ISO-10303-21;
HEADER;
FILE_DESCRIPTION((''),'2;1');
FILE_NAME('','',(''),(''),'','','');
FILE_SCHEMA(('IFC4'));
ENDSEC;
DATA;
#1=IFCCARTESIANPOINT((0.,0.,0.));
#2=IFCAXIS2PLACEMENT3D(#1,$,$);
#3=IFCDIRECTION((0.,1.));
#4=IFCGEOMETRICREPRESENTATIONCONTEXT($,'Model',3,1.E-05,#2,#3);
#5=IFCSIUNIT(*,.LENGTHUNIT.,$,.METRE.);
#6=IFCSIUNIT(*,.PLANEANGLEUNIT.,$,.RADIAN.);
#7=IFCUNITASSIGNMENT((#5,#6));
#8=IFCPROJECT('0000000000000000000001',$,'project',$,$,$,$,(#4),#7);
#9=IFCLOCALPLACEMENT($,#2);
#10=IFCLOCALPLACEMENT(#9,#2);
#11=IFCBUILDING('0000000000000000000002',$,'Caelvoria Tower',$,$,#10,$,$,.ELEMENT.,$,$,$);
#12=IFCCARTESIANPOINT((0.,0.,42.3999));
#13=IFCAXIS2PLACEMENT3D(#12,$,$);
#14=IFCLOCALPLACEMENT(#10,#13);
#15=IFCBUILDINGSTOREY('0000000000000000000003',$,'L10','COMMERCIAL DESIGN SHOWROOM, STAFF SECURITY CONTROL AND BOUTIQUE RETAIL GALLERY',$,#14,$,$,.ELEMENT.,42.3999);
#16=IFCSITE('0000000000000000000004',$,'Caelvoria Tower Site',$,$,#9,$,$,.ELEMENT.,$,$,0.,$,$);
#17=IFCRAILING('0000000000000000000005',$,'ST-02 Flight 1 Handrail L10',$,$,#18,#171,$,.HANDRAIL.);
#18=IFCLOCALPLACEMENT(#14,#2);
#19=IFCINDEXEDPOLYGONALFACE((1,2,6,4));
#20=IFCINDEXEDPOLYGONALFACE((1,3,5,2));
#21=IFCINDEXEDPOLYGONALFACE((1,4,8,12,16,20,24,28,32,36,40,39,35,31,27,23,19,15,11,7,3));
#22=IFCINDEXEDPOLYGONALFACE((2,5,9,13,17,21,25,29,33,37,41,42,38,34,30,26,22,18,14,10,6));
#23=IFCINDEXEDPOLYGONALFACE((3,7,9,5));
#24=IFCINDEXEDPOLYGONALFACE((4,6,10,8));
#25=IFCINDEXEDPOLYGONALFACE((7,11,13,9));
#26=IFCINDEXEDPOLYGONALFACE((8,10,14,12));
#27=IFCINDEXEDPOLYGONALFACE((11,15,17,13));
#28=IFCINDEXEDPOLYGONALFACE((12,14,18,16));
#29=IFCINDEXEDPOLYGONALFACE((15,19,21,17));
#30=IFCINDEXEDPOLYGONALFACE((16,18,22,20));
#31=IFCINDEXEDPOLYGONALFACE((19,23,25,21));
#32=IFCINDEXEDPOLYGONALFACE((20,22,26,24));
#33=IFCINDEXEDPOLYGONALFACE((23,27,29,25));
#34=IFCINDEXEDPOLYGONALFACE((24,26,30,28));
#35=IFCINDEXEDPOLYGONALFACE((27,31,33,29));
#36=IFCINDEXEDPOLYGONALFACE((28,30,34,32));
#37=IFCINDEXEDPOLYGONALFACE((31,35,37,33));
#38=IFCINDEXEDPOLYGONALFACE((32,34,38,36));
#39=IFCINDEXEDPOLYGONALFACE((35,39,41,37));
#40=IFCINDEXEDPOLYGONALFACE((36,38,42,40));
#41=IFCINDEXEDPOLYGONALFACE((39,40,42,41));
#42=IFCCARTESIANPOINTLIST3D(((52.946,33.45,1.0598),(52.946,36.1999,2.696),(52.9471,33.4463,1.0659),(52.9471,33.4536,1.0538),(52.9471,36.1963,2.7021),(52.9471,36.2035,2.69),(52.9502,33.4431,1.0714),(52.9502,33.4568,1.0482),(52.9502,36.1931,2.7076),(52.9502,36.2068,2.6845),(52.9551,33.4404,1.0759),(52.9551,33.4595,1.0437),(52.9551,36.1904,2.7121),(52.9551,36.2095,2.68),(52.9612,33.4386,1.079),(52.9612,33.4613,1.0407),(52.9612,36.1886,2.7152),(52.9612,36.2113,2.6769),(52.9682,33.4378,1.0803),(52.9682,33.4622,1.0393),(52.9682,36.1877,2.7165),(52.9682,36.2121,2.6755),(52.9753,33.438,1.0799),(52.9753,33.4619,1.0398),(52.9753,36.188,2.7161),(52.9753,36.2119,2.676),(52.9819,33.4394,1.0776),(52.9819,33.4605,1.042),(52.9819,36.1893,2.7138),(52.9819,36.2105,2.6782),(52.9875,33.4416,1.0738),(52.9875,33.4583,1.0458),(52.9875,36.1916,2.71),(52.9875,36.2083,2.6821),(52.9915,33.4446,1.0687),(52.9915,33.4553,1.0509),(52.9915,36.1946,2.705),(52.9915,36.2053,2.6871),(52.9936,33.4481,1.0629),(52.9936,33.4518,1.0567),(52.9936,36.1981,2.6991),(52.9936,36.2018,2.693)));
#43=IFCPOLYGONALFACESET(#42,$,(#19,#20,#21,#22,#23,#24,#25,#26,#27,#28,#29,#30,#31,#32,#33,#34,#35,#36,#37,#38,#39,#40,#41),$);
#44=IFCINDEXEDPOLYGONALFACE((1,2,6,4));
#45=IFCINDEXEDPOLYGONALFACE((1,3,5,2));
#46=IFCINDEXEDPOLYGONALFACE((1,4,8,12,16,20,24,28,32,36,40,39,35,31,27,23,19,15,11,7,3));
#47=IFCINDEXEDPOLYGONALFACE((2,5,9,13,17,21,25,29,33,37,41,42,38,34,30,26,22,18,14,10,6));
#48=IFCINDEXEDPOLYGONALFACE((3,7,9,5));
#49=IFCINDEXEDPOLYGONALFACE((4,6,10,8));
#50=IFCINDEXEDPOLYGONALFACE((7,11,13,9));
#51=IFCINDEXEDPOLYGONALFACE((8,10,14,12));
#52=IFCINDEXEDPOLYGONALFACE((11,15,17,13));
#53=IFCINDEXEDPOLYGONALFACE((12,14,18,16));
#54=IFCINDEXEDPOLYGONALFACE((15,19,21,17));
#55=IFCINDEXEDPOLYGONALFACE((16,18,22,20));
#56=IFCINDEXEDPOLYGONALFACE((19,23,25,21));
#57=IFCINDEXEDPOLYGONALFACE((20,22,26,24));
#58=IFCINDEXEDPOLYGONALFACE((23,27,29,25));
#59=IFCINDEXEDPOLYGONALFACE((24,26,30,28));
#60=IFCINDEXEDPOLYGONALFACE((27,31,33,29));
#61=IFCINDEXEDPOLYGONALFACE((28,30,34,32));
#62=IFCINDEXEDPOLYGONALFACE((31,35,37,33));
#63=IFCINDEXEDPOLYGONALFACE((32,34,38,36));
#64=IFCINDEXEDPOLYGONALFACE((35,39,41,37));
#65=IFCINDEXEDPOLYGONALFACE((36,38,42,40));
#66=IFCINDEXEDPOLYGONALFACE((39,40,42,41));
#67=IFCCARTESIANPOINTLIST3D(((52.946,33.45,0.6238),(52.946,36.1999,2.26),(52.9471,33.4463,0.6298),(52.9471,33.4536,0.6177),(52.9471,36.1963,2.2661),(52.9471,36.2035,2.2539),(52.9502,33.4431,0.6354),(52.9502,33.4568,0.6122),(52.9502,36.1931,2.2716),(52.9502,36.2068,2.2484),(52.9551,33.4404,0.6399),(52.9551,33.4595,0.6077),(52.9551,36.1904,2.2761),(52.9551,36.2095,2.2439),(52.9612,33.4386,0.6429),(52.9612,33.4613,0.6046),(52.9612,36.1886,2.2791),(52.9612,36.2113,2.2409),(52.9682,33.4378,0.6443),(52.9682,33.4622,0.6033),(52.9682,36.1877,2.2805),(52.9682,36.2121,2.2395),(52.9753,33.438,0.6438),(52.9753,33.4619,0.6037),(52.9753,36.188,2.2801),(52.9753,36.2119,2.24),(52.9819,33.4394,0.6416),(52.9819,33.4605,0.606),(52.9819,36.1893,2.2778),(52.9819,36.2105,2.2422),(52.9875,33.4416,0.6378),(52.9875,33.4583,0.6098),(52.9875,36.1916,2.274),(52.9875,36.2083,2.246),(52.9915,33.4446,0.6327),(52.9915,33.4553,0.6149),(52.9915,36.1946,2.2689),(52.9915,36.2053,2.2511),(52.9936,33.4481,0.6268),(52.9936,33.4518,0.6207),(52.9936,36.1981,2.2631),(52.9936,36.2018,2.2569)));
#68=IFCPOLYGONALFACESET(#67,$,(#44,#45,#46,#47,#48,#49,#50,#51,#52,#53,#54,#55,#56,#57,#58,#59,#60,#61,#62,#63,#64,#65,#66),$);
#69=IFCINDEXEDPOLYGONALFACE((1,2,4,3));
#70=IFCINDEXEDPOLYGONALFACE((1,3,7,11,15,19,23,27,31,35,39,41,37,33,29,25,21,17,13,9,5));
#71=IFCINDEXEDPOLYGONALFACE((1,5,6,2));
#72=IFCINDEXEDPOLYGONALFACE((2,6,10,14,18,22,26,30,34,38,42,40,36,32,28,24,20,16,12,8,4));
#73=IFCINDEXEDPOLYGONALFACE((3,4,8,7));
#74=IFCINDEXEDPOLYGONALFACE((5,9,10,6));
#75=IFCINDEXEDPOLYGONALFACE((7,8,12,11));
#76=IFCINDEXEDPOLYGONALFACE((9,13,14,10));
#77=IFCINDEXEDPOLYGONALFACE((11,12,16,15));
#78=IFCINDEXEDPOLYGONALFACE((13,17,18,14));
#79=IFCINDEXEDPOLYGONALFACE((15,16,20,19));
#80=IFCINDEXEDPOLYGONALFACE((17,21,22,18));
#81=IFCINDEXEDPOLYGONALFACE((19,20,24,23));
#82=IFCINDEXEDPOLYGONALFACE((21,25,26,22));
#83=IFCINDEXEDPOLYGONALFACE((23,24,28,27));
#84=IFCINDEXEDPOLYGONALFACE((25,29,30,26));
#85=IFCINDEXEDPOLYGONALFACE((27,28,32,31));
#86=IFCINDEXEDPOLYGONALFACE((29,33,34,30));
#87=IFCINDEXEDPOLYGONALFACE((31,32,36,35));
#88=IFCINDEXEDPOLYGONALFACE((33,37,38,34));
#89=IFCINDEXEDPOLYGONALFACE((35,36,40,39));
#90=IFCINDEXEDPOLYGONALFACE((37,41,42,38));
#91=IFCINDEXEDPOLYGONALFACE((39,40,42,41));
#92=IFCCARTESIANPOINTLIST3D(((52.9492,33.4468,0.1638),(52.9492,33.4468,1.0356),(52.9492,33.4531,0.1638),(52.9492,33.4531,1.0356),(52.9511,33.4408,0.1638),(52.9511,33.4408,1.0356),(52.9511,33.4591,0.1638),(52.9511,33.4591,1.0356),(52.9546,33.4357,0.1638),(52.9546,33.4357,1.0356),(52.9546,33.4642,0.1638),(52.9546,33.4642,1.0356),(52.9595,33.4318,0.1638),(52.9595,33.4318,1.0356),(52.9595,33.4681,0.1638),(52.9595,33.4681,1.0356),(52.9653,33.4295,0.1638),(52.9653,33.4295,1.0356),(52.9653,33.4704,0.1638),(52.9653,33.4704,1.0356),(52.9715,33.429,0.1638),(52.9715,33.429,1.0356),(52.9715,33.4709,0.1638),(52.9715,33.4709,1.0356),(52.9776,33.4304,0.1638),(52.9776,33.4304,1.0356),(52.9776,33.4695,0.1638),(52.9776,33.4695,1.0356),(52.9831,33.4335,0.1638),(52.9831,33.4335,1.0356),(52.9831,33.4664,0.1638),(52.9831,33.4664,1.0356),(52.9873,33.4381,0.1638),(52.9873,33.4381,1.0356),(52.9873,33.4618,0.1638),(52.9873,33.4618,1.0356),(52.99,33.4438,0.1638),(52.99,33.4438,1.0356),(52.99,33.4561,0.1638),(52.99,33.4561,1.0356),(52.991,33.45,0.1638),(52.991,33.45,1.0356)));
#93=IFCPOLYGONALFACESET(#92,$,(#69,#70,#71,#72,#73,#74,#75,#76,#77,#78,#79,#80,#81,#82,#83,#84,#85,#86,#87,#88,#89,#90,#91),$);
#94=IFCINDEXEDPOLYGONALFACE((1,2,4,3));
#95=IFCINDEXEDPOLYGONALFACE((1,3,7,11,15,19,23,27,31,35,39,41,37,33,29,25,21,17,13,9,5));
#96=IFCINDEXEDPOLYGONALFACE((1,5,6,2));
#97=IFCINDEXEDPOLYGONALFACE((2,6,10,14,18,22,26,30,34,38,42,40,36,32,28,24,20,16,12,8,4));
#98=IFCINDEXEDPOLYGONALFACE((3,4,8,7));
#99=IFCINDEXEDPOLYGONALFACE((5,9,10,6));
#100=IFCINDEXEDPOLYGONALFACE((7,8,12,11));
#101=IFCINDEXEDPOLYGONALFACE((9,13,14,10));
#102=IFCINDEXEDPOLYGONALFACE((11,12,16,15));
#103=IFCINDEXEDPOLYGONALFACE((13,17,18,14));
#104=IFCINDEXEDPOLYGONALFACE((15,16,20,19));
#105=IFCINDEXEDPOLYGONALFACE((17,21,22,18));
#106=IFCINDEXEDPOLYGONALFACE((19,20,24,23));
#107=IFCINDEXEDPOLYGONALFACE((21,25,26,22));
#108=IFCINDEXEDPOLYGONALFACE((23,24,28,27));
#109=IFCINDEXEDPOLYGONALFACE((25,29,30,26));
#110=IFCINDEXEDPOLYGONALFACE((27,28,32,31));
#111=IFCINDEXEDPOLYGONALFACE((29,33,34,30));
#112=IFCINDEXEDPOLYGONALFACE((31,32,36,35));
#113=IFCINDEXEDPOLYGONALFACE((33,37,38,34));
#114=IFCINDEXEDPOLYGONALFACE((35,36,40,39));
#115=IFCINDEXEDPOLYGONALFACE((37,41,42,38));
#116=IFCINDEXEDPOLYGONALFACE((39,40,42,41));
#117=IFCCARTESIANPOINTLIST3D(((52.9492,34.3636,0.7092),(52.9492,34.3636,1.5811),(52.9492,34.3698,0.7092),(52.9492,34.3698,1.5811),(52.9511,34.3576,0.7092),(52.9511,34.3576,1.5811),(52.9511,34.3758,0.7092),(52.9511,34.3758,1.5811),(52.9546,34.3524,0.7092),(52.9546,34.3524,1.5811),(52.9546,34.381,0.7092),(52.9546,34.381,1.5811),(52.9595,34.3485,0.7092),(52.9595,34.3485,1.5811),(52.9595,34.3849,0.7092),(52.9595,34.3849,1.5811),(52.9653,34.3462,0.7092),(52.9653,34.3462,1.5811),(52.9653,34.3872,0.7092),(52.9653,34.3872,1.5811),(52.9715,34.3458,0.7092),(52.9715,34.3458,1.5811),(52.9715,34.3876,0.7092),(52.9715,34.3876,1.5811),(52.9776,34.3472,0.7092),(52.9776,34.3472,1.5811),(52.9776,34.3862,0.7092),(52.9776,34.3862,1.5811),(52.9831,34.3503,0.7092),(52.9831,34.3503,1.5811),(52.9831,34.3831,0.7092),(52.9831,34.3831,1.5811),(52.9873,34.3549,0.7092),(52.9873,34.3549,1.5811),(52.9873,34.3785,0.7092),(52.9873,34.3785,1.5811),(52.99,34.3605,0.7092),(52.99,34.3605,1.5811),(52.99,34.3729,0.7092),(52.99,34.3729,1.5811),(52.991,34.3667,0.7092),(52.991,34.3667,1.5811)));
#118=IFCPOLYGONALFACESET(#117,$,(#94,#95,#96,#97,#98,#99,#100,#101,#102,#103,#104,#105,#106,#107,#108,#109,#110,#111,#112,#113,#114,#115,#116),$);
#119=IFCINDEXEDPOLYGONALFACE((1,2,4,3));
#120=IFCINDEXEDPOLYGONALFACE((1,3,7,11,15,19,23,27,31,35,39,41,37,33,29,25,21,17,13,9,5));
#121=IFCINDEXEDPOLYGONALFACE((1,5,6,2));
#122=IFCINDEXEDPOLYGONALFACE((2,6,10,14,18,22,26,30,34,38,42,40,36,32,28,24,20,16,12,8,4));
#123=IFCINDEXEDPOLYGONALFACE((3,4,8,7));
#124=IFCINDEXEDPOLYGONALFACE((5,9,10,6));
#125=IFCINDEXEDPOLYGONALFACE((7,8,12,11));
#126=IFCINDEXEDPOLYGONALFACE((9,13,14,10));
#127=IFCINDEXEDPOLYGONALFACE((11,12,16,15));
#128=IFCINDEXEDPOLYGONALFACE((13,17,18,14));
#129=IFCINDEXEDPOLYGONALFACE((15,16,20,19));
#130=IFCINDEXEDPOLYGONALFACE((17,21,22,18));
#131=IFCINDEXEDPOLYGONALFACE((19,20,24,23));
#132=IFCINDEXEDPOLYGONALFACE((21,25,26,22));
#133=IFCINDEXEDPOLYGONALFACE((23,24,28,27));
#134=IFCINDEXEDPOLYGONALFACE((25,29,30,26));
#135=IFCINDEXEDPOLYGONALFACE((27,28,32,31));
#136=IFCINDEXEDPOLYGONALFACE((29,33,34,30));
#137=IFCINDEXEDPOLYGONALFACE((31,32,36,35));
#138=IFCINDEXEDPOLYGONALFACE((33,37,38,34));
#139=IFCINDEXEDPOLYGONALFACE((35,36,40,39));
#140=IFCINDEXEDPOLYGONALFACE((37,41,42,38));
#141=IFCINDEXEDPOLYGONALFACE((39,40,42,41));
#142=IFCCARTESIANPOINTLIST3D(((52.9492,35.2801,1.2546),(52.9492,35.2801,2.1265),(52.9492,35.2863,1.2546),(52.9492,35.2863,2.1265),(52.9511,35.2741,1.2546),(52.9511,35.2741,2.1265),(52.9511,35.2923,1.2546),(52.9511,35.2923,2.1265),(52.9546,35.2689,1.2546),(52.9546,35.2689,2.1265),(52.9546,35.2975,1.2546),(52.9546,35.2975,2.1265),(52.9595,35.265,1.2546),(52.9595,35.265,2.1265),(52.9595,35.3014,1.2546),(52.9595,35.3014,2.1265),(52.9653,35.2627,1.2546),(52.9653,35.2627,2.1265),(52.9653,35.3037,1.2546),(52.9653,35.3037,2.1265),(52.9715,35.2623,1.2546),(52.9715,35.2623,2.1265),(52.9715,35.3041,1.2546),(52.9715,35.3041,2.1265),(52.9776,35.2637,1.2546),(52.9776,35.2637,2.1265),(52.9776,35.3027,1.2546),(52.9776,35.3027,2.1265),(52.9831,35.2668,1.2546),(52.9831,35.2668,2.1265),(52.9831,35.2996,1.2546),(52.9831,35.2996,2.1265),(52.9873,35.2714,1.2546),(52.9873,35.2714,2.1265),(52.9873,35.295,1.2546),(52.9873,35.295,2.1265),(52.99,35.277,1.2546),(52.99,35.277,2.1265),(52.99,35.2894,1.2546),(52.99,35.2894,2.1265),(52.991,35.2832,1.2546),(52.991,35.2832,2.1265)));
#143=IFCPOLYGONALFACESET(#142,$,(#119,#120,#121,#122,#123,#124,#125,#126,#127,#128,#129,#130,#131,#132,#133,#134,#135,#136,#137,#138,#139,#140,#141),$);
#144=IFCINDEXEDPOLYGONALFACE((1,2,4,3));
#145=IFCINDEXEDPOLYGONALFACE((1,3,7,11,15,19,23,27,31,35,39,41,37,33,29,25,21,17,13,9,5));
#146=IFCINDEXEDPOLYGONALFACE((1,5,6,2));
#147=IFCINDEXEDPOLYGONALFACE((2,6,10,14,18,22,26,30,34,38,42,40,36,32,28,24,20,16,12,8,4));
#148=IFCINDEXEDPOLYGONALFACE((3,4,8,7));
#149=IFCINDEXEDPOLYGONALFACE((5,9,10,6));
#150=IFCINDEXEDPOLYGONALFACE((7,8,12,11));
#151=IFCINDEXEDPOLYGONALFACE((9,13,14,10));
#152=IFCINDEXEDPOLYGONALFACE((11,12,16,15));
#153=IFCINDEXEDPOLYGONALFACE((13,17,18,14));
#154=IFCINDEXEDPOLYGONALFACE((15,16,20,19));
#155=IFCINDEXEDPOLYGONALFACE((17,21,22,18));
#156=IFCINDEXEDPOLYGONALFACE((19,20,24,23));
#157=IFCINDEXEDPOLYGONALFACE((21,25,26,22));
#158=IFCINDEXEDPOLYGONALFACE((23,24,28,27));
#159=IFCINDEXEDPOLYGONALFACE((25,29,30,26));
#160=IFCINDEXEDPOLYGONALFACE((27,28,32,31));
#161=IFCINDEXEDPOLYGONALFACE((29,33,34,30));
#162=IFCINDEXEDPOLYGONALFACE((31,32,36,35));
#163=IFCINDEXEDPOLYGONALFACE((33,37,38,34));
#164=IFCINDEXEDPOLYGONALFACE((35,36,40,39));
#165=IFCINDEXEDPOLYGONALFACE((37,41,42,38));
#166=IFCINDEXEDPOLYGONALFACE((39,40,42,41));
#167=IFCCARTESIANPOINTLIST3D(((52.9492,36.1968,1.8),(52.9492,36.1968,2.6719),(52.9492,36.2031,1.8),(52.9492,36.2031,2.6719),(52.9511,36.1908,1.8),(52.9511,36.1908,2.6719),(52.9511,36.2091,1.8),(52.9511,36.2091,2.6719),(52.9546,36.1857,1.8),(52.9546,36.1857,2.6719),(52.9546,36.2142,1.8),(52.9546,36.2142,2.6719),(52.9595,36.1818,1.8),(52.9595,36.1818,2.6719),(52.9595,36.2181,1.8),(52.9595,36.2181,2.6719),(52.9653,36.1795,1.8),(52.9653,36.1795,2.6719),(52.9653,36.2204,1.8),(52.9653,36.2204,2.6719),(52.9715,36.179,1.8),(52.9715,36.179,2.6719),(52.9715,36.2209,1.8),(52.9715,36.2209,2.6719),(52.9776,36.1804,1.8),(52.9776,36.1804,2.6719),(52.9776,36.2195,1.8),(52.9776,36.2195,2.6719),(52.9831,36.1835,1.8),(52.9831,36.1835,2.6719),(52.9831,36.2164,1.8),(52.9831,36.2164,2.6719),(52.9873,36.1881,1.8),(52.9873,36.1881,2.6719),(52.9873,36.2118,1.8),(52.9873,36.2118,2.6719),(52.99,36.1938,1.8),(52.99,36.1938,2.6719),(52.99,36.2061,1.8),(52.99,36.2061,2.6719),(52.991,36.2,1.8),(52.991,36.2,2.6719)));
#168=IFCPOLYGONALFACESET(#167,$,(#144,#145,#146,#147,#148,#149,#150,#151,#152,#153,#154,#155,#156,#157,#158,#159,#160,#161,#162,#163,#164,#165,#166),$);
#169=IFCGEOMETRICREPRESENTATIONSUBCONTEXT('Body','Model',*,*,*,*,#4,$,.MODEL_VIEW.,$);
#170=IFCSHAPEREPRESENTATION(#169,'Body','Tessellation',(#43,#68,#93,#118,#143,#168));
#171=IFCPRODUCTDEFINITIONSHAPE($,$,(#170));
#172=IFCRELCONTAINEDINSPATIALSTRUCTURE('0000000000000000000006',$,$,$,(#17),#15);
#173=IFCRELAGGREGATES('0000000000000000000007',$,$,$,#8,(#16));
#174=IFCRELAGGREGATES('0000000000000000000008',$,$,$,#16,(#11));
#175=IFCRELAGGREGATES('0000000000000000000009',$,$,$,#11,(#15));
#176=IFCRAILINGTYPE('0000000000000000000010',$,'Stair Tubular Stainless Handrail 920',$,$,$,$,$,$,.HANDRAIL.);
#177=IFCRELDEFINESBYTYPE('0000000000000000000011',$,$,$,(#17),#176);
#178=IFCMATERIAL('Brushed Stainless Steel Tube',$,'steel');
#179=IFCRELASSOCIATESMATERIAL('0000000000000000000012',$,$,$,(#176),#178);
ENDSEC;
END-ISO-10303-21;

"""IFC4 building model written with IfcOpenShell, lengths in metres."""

from ifc_helpers import new_model, si_unit, direction, frame, origin, origin_2d, place, context, subcontext, project, spatial, circle, extrude, material, type_object, element, save


model = new_model("IFC4")

# Units and contexts
model_context = context("Model", 3, precision=1e-05, world=origin(), true_north=direction((0.0, 1.0)))
body_context = subcontext(model_context, "Body", "Model", "MODEL_VIEW")
ifc_project = project(units=[si_unit("LENGTHUNIT", "METRE"), si_unit("PLANEANGLEUNIT", "RADIAN")], contexts=[model_context])

# Site, building, storey
site_placement = place(None, origin())
site = spatial("IfcSite", under=ifc_project, at=site_placement, Name="Caelvoria Tower Site", CompositionType="ELEMENT", RefElevation=0.0)
building_placement = place(site_placement, origin())
building = spatial("IfcBuilding", under=site, at=building_placement, Name="Caelvoria Tower", CompositionType="ELEMENT")
storey_placement = place(building_placement, frame((0.0, 0.0, 42.3999)))
storey = spatial("IfcBuildingStorey", under=building, at=storey_placement, Name="L10", Description="COMMERCIAL DESIGN SHOWROOM, STAFF SECURITY CONTROL AND BOUTIQUE RETAIL GALLERY", CompositionType="ELEMENT", Elevation=42.3999)

# Railing
ifc_material_1 = material(Name="Brushed Stainless Steel Tube", Category="steel")
railing_type_1 = type_object("IfcRailingType", Name="Stair Tubular Stainless Handrail 920", PredefinedType="HANDRAIL", material=ifc_material_1)
railing_1_placement = place(storey_placement, frame((52.97, 33.45, 0.1638)))
element("IfcRailing", 1, at=railing_1_placement, inside=storey, type_object=railing_type_1, Name="ST-02 Flight 1 Handrail L10", PredefinedType="HANDRAIL", context=body_context, shape_type="SweptSolid", body=[
    extrude(circle(Radius=0.0239, at=origin_2d()), frame((0.0, 0.0, 0.896), z_axis=(0.0, 0.859385, 0.511328), x_axis=(-1.0, 0.0, 0.0)), (0.0, 0.0, 1.0), 3.2),
    extrude(circle(Radius=0.0239, at=origin_2d()), frame((0.0, 0.0, 0.46), z_axis=(0.0, 0.859385, 0.511328), x_axis=(-1.0, 0.0, 0.0)), (0.0, 0.0, 1.0), 3.2),
    extrude(circle(Radius=0.021, at=origin_2d()), origin(), (0.0, 0.0, 1.0), 0.8718),
    extrude(circle(Radius=0.021, at=origin_2d()), frame((0.0, 0.9167, 0.5454)), (0.0, 0.0, 1.0), 0.8718),
    extrude(circle(Radius=0.021, at=origin_2d()), frame((0.0, 1.8333, 1.0908)), (0.0, 0.0, 1.0), 0.8718),
    extrude(circle(Radius=0.021, at=origin_2d()), frame((0.0, 2.75, 1.6362)), (0.0, 0.0, 1.0), 0.8718),
])

save(model, "model.ifc")
